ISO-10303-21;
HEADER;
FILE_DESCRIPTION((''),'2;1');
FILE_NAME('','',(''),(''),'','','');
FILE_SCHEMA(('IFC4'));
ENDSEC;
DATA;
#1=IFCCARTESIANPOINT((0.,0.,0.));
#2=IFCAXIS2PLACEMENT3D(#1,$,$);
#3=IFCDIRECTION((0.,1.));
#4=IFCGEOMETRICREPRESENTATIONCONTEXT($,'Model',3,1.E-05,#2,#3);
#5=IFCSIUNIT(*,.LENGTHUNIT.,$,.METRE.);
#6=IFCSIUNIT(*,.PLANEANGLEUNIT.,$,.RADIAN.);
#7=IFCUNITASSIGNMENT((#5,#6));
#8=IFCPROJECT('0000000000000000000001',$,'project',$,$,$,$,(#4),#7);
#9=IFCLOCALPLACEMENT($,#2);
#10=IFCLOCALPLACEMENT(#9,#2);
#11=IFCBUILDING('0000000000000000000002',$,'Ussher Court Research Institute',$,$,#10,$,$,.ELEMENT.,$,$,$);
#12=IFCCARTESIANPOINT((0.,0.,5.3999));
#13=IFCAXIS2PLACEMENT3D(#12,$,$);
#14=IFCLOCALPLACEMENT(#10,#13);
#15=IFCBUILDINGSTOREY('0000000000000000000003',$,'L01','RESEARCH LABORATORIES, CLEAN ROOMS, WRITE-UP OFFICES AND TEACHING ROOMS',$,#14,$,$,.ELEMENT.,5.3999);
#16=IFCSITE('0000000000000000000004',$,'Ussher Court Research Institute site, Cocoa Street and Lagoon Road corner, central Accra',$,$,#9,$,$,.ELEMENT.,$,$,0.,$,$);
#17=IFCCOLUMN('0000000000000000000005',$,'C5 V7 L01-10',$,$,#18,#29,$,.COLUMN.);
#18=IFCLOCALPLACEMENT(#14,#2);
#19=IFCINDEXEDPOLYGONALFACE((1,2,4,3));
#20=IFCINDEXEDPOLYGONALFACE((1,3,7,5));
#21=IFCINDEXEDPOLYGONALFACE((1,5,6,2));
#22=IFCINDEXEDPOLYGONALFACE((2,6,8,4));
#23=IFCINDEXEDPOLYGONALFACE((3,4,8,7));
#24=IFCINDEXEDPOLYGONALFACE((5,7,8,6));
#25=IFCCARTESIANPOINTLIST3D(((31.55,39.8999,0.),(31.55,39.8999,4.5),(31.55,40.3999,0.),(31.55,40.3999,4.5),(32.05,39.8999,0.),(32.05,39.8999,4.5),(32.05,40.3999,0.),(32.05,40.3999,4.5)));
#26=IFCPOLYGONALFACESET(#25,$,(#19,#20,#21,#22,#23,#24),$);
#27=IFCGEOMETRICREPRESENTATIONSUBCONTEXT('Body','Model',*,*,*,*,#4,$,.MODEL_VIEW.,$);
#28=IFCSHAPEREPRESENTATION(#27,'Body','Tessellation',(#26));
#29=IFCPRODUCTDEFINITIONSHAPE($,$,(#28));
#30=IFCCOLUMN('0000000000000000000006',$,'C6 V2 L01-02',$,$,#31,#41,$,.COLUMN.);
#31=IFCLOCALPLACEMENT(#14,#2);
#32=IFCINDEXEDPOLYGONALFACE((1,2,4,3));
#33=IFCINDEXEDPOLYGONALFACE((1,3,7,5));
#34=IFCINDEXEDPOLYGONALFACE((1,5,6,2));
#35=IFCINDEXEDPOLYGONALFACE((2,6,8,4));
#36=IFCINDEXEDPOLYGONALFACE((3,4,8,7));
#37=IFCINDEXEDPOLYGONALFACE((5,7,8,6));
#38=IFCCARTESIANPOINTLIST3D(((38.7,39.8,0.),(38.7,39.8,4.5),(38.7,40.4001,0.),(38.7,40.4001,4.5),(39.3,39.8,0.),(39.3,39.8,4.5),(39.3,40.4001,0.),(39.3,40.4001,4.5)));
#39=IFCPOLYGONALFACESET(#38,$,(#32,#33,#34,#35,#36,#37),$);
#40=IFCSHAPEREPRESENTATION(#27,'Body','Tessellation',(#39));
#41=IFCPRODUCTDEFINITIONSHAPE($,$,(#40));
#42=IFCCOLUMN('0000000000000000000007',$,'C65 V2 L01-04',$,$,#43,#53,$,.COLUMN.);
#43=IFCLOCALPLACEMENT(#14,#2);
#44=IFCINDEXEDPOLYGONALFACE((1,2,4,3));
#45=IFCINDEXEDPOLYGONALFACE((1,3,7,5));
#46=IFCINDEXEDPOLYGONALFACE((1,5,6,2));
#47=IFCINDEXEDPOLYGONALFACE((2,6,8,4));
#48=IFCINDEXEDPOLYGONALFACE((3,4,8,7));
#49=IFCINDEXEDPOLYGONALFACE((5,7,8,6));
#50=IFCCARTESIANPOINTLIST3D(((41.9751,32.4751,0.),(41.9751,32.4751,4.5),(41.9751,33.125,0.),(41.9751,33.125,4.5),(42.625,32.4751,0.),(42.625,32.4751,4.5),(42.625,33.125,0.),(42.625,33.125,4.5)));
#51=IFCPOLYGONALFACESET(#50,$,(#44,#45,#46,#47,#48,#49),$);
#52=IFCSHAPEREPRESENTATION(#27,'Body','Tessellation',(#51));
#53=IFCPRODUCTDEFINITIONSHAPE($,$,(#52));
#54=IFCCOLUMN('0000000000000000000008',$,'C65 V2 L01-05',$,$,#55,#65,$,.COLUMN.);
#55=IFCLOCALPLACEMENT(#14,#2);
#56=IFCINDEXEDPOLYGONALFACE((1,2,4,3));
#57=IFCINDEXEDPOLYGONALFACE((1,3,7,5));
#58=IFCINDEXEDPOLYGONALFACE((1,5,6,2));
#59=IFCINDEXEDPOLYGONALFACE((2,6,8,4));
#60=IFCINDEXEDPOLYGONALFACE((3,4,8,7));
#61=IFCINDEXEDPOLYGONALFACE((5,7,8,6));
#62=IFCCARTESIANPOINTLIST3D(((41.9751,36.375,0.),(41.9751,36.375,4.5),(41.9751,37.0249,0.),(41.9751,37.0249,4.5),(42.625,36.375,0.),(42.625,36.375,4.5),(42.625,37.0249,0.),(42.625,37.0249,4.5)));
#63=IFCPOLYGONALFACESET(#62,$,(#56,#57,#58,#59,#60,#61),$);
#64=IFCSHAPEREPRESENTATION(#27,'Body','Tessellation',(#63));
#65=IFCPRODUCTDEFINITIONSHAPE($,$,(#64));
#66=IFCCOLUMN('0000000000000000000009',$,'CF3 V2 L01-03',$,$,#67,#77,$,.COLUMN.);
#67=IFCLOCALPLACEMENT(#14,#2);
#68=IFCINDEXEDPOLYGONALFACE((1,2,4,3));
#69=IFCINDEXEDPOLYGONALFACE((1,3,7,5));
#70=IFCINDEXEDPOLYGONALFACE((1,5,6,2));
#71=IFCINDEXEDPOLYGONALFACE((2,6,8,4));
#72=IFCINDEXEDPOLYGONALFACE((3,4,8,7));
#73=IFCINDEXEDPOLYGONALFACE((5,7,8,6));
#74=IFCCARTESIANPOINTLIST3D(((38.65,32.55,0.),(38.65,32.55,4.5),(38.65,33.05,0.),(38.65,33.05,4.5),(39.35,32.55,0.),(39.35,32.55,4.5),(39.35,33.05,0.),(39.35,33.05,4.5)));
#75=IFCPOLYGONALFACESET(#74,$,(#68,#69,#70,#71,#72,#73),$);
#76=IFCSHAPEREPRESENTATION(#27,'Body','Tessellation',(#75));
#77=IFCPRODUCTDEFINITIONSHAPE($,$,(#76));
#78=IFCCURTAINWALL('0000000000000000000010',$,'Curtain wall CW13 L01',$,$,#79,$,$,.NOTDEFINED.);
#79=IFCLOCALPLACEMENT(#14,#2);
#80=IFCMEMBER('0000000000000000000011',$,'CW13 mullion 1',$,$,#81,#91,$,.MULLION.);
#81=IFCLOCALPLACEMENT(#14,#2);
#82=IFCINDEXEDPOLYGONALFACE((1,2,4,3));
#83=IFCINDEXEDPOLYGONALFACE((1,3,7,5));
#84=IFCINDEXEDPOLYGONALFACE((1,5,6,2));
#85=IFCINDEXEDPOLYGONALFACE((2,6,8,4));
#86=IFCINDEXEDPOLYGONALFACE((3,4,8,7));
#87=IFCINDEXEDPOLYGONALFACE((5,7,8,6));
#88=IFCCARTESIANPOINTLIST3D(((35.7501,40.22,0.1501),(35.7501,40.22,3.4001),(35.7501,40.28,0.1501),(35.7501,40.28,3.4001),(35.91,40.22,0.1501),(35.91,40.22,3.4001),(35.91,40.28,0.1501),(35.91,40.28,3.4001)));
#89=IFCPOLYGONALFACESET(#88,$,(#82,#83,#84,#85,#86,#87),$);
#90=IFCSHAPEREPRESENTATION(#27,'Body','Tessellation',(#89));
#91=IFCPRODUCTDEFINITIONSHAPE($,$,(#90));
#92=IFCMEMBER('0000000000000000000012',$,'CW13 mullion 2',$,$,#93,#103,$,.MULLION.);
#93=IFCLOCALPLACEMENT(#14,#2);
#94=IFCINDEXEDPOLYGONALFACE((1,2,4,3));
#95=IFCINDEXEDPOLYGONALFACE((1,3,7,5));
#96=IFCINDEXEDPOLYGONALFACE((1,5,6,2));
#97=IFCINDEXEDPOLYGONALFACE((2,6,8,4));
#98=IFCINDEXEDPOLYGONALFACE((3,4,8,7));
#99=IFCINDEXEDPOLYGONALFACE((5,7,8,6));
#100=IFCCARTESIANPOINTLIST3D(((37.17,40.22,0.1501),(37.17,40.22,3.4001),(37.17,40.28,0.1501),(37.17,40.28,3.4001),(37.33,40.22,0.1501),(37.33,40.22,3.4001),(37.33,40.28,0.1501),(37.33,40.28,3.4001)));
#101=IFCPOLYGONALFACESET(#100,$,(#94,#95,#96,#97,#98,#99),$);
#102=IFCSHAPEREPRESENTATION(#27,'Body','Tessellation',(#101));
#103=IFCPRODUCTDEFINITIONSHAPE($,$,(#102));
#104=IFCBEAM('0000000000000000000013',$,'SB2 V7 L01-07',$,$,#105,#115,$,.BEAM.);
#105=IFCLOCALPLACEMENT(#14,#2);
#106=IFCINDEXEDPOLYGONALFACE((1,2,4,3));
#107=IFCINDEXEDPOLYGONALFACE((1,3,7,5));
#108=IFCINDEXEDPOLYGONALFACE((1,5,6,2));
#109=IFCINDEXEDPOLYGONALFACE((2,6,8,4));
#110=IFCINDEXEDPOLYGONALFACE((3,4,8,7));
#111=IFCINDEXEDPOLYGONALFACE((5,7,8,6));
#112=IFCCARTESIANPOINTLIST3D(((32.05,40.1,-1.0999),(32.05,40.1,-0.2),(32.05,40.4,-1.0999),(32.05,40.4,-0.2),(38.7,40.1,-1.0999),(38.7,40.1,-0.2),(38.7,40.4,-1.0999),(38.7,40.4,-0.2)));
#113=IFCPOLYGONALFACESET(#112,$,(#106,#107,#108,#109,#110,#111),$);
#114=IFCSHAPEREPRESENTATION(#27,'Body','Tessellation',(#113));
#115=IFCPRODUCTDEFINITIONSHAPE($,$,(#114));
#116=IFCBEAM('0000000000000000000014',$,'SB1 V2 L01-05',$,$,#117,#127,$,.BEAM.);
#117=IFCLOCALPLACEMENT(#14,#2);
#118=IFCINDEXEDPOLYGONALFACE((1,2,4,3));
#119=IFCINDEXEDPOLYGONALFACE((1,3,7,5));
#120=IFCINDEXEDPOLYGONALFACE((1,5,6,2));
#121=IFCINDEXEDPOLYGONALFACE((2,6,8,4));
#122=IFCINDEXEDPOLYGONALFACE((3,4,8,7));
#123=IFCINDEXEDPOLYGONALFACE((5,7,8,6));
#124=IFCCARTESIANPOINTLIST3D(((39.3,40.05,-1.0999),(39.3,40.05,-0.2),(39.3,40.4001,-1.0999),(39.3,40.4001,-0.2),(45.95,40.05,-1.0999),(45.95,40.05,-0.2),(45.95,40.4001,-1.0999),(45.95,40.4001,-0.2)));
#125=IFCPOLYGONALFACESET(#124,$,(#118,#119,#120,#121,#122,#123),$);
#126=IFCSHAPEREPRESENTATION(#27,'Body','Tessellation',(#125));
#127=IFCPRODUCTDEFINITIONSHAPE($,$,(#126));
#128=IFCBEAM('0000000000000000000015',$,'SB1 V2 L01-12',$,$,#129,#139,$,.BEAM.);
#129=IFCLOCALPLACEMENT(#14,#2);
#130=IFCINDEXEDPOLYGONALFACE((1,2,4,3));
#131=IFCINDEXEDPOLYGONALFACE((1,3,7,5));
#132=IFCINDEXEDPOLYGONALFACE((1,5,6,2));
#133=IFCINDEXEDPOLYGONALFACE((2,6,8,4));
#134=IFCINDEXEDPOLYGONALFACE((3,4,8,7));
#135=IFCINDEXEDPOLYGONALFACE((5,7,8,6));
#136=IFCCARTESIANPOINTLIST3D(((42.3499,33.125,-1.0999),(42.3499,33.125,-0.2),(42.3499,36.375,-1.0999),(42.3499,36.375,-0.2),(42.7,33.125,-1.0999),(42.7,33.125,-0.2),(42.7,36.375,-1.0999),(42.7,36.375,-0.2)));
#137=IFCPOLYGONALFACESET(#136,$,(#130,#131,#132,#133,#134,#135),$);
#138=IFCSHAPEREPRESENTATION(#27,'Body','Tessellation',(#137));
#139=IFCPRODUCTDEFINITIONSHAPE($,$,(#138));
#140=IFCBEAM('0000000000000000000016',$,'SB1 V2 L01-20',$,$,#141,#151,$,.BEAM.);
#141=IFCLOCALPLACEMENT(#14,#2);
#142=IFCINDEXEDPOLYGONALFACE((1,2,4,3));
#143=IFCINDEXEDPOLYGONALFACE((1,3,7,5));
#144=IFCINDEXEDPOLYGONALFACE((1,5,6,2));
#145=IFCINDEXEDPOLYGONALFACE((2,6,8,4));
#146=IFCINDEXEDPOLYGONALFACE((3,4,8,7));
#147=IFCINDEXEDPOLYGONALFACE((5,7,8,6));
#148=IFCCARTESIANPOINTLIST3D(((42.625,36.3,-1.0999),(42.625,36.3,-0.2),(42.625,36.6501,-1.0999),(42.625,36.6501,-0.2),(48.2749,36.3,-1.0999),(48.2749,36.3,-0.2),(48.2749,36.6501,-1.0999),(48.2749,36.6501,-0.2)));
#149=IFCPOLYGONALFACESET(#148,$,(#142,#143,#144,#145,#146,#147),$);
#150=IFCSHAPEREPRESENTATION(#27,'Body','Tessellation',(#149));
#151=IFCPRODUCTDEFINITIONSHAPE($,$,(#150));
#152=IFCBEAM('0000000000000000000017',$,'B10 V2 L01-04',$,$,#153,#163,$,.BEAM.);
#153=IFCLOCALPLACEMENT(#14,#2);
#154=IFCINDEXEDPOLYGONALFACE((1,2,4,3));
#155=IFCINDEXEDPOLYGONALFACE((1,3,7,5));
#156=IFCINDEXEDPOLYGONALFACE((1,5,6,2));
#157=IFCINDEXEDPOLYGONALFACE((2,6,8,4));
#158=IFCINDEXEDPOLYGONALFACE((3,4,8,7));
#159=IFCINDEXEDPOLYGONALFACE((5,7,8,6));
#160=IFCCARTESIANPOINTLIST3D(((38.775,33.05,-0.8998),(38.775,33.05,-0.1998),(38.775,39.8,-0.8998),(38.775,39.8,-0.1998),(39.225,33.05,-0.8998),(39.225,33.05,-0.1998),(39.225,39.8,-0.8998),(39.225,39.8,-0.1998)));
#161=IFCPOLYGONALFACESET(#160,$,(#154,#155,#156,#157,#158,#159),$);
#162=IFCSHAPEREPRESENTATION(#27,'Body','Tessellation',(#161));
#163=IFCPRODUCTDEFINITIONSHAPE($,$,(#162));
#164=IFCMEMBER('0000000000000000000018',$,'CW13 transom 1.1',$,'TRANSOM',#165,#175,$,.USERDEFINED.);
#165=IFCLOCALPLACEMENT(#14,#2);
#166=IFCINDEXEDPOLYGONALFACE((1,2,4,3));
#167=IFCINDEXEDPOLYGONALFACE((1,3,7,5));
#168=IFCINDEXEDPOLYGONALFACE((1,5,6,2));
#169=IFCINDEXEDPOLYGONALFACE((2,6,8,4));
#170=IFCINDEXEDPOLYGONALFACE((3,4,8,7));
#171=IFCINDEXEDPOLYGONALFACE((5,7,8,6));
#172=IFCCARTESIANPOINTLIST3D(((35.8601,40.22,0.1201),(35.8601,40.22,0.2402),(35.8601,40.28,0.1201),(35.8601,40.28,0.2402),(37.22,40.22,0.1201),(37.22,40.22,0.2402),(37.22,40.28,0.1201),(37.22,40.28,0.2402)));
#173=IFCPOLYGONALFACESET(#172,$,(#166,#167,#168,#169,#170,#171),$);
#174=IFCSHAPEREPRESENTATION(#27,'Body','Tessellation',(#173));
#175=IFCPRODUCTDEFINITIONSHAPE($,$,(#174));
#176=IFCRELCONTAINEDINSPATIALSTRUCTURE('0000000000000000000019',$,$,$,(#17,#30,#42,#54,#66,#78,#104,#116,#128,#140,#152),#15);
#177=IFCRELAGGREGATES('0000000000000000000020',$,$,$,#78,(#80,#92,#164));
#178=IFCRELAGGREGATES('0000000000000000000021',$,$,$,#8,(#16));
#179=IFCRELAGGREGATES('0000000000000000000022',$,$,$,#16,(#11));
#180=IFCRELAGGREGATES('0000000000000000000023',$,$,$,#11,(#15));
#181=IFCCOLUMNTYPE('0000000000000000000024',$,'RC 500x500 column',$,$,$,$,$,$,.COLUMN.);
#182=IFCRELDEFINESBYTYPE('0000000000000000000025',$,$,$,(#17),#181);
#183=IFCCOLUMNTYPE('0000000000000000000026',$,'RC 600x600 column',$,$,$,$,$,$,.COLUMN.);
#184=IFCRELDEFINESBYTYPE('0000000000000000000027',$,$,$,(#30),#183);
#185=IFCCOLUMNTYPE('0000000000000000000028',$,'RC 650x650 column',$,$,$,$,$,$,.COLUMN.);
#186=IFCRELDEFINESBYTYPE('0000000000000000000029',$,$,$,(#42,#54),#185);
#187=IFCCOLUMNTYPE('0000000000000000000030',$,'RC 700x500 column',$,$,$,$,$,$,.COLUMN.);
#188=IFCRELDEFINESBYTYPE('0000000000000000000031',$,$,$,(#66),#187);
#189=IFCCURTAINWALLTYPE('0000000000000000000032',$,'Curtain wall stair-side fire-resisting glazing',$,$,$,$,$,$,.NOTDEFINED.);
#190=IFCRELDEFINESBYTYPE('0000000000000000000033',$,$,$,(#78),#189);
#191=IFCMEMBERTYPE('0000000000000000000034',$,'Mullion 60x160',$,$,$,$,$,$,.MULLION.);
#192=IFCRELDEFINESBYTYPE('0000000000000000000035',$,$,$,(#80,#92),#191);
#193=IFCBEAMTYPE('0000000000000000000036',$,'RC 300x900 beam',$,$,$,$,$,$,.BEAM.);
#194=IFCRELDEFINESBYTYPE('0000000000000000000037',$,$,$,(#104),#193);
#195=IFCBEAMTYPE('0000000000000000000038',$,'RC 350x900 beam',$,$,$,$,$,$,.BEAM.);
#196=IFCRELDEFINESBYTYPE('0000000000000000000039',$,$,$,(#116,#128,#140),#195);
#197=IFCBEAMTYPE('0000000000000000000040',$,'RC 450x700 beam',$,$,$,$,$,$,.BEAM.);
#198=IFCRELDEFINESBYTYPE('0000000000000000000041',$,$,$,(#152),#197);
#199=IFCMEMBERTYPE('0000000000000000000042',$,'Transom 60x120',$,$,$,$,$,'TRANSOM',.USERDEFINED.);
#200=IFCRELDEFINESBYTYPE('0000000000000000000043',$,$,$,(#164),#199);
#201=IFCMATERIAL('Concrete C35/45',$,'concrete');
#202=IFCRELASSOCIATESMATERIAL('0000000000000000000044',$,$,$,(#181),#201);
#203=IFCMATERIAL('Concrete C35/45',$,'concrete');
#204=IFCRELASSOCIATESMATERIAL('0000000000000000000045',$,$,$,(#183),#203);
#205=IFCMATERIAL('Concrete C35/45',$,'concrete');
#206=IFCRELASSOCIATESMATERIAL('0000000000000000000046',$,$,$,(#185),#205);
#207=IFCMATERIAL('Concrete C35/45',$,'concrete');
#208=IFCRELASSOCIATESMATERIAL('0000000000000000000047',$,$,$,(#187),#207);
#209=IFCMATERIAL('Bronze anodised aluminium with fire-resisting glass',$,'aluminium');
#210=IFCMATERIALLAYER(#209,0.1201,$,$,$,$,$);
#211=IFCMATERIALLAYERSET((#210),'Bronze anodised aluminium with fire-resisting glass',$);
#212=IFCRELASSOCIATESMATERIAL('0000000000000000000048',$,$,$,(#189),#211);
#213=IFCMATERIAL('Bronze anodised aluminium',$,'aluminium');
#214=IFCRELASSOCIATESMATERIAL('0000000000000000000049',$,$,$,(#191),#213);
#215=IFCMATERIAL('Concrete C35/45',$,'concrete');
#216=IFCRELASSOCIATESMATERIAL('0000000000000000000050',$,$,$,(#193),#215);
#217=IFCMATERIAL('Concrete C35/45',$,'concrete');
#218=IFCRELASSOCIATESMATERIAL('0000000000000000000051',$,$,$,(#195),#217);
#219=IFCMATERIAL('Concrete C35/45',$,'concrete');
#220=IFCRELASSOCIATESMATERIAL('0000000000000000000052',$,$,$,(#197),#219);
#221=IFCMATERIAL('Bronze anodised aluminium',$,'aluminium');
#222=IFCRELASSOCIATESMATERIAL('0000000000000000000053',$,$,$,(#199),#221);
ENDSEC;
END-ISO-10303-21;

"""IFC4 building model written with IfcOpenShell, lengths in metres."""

from ifc_helpers import new_model, si_unit, direction, frame, origin, origin_2d, place, context, subcontext, project, spatial, rectangle, extrude, material, layer, layer_set, material_profile, profile_set, type_object, element, aggregate, save


model = new_model("IFC4")

# Units and contexts
model_context = context("Model", 3, precision=1e-05, world=origin(), true_north=direction((0.0, 1.0)))
body_context = subcontext(model_context, "Body", "Model", "MODEL_VIEW")
ifc_project = project(units=[si_unit("LENGTHUNIT", "METRE"), si_unit("PLANEANGLEUNIT", "RADIAN")], contexts=[model_context])

# Site, building, storey
site_placement = place(None, origin())
site = spatial("IfcSite", under=ifc_project, at=site_placement, Name="Ussher Court Research Institute site, Cocoa Street and Lagoon Road corner, central Accra", CompositionType="ELEMENT", RefElevation=0.0)
building_placement = place(site_placement, origin())
building = spatial("IfcBuilding", under=site, at=building_placement, Name="Ussher Court Research Institute", CompositionType="ELEMENT")
storey_placement = place(building_placement, frame((0.0, 0.0, 5.3999)))
storey = spatial("IfcBuildingStorey", under=building, at=storey_placement, Name="L01", Description="RESEARCH LABORATORIES, CLEAN ROOMS, WRITE-UP OFFICES AND TEACHING ROOMS", CompositionType="ELEMENT", Elevation=5.3999)

# Columns
ifc_material_1 = material(Name="Concrete C35/45", Category="concrete")
ifc_material_profile_1 = material_profile(ifc_material_1, rectangle(XDim=0.5, YDim=0.5, at=origin_2d()), Name="RC 500x500")
ifc_profile_set_1 = profile_set([ifc_material_profile_1], Name="Concrete C35/45")
column_type_1 = type_object("IfcColumnType", Name="RC 500x500 column", PredefinedType="COLUMN", material=ifc_profile_set_1)
column_1_placement = place(storey_placement, frame((31.8, 40.1499, 0.0), z_axis=(0.0, 0.0, 1.0), x_axis=(1.0, 0.0, 0.0)))
element("IfcColumn", 1, at=column_1_placement, inside=storey, type_object=column_type_1, Name="C5 V7 L01-10", PredefinedType="COLUMN", context=body_context, shape_type="SweptSolid", body=[
    extrude(rectangle(XDim=0.5, YDim=0.5, at=origin_2d()), origin(), (0.0, 0.0, 1.0), 4.5),
])
ifc_material_2 = material(Name="Concrete C35/45", Category="concrete")
ifc_material_profile_2 = material_profile(ifc_material_2, rectangle(XDim=0.6001, YDim=0.6001, at=origin_2d()), Name="RC 600x600")
ifc_profile_set_2 = profile_set([ifc_material_profile_2], Name="Concrete C35/45")
column_type_2 = type_object("IfcColumnType", Name="RC 600x600 column", PredefinedType="COLUMN", material=ifc_profile_set_2)
column_2_placement = place(storey_placement, frame((39.0, 40.1001, 0.0), z_axis=(0.0, 0.0, 1.0), x_axis=(1.0, 0.0, 0.0)))
element("IfcColumn", 2, at=column_2_placement, inside=storey, type_object=column_type_2, Name="C6 V2 L01-02", PredefinedType="COLUMN", context=body_context, shape_type="SweptSolid", body=[
    extrude(rectangle(XDim=0.6001, YDim=0.6001, at=origin_2d()), origin(), (0.0, 0.0, 1.0), 4.5),
])
ifc_material_3 = material(Name="Concrete C35/45", Category="concrete")
ifc_material_profile_3 = material_profile(ifc_material_3, rectangle(XDim=0.6499, YDim=0.6499, at=origin_2d()), Name="RC 650x650")
ifc_profile_set_3 = profile_set([ifc_material_profile_3], Name="Concrete C35/45")
column_type_3 = type_object("IfcColumnType", Name="RC 650x650 column", PredefinedType="COLUMN", material=ifc_profile_set_3)
for number, where, z_axis, x_axis, name in (
    (3, (42.3, 32.8, 0.0), (0.0, 0.0, 1.0), (1.0, 0.0, 0.0), "C65 V2 L01-04"),
    (4, (42.3, 36.7, 0.0), (0.0, 0.0, 1.0), (1.0, 0.0, 0.0), "C65 V2 L01-05"),
):
    element("IfcColumn", number, at=place(storey_placement, frame(where, z_axis=z_axis, x_axis=x_axis)), inside=storey, type_object=column_type_3, Name=name, PredefinedType="COLUMN", context=body_context, shape_type="SweptSolid", body=[
        extrude(rectangle(XDim=0.6499, YDim=0.6499, at=origin_2d()), origin(), (0.0, 0.0, 1.0), 4.5),
    ])
ifc_material_4 = material(Name="Concrete C35/45", Category="concrete")
ifc_material_profile_4 = material_profile(ifc_material_4, rectangle(XDim=0.7, YDim=0.5, at=origin_2d()), Name="RC 700x500")
ifc_profile_set_4 = profile_set([ifc_material_profile_4], Name="Concrete C35/45")
column_type_4 = type_object("IfcColumnType", Name="RC 700x500 column", PredefinedType="COLUMN", material=ifc_profile_set_4)
column_3_placement = place(storey_placement, frame((39.0, 32.8, 0.0), z_axis=(0.0, 0.0, 1.0), x_axis=(1.0, 0.0, 0.0)))
element("IfcColumn", 5, at=column_3_placement, inside=storey, type_object=column_type_4, Name="CF3 V2 L01-03", PredefinedType="COLUMN", context=body_context, shape_type="SweptSolid", body=[
    extrude(rectangle(XDim=0.7, YDim=0.5, at=origin_2d()), origin(), (0.0, 0.0, 1.0), 4.5),
])

# Curtain wall, members
ifc_material_5 = material(Name="Bronze anodised aluminium with fire-resisting glass", Category="aluminium")
ifc_layer_1 = layer(ifc_material_5, 0.1201)
ifc_layer_set_1 = layer_set([ifc_layer_1], Name="Bronze anodised aluminium with fire-resisting glass")
curtain_wall_type = type_object("IfcCurtainWallType", Name="Curtain wall stair-side fire-resisting glazing", PredefinedType="NOTDEFINED", material=ifc_layer_set_1)
curtain_wall_placement = place(storey_placement, origin())
curtain_wall = element("IfcCurtainWall", 6, at=curtain_wall_placement, inside=storey, type_object=curtain_wall_type, Name="Curtain wall CW13 L01", PredefinedType="NOTDEFINED")
ifc_material_6 = material(Name="Bronze anodised aluminium", Category="aluminium")
ifc_material_profile_5 = material_profile(ifc_material_6, rectangle(XDim=0.0601, YDim=0.1599, at=origin_2d()), Name="Mullion 60x160")
ifc_profile_set_5 = profile_set([ifc_material_profile_5], Name="Bronze anodised aluminium")
member_type_1 = type_object("IfcMemberType", Name="Mullion 60x160", PredefinedType="MULLION", material=ifc_profile_set_5)
member_1_placement = place(storey_placement, frame((35.8301, 40.25, 0.1501), z_axis=(0.0, 0.0, 1.0), x_axis=(0.0, 1.0, 0.0)))
member_1 = element("IfcMember", 7, at=member_1_placement, type_object=member_type_1, Name="CW13 mullion 1", PredefinedType="MULLION", context=body_context, shape_type="SweptSolid", body=[
    extrude(rectangle(XDim=0.0601, YDim=0.1599, at=origin_2d()), origin(), (0.0, 0.0, 1.0), 3.25),
])
member_2_placement = place(storey_placement, frame((37.25, 40.25, 0.1501), z_axis=(0.0, 0.0, 1.0), x_axis=(0.0, 1.0, 0.0)))
member_2 = element("IfcMember", 8, at=member_2_placement, type_object=member_type_1, Name="CW13 mullion 2", PredefinedType="MULLION", context=body_context, shape_type="SweptSolid", body=[
    extrude(rectangle(XDim=0.0601, YDim=0.1599, at=origin_2d()), origin(), (0.0, 0.0, 1.0), 3.25),
])

# Beams
ifc_material_7 = material(Name="Concrete C35/45", Category="concrete")
ifc_material_profile_6 = material_profile(ifc_material_7, rectangle(XDim=0.3, YDim=0.8999, at=origin_2d()), Name="RC 300x900")
ifc_profile_set_6 = profile_set([ifc_material_profile_6], Name="Concrete C35/45")
beam_type_1 = type_object("IfcBeamType", Name="RC 300x900 beam", PredefinedType="BEAM", material=ifc_profile_set_6)
beam_1_placement = place(storey_placement, frame((32.05, 40.25, -0.6499), z_axis=(1.0, 0.0, 0.0), x_axis=(0.0, 1.0, 0.0)))
element("IfcBeam", 9, at=beam_1_placement, inside=storey, type_object=beam_type_1, Name="SB2 V7 L01-07", PredefinedType="BEAM", context=body_context, shape_type="SweptSolid", body=[
    extrude(rectangle(XDim=0.3, YDim=0.8999, at=origin_2d()), origin(), (0.0, 0.0, 1.0), 6.6499),
])
ifc_material_8 = material(Name="Concrete C35/45", Category="concrete")
ifc_material_profile_7 = material_profile(ifc_material_8, rectangle(XDim=0.3501, YDim=0.8999, at=origin_2d()), Name="RC 350x900")
ifc_profile_set_7 = profile_set([ifc_material_profile_7], Name="Concrete C35/45")
beam_type_2 = type_object("IfcBeamType", Name="RC 350x900 beam", PredefinedType="BEAM", material=ifc_profile_set_7)
beam_2_placement = place(storey_placement, frame((39.3, 40.2251, -0.6499), z_axis=(1.0, 0.0, 0.0), x_axis=(0.0, 1.0, 0.0)))
element("IfcBeam", 10, at=beam_2_placement, inside=storey, type_object=beam_type_2, Name="SB1 V2 L01-05", PredefinedType="BEAM", context=body_context, shape_type="SweptSolid", body=[
    extrude(rectangle(XDim=0.3501, YDim=0.8999, at=origin_2d()), origin(), (0.0, 0.0, 1.0), 6.6499),
])
beam_3_placement = place(storey_placement, frame((42.5249, 33.125, -0.6499), z_axis=(0.0, 1.0, 0.0), x_axis=(-1.0, 0.0, 0.0)))
element("IfcBeam", 11, at=beam_3_placement, inside=storey, type_object=beam_type_2, Name="SB1 V2 L01-12", PredefinedType="BEAM", context=body_context, shape_type="SweptSolid", body=[
    extrude(rectangle(XDim=0.3501, YDim=0.8999, at=origin_2d()), origin(), (0.0, 0.0, 1.0), 3.25),
])
beam_4_placement = place(storey_placement, frame((42.625, 36.4751, -0.6499), z_axis=(1.0, 0.0, 0.0), x_axis=(0.0, 1.0, 0.0)))
element("IfcBeam", 12, at=beam_4_placement, inside=storey, type_object=beam_type_2, Name="SB1 V2 L01-20", PredefinedType="BEAM", context=body_context, shape_type="SweptSolid", body=[
    extrude(rectangle(XDim=0.3501, YDim=0.8999, at=origin_2d()), origin(), (0.0, 0.0, 1.0), 5.6499),
])
ifc_material_9 = material(Name="Concrete C35/45", Category="concrete")
ifc_material_profile_8 = material_profile(ifc_material_9, rectangle(XDim=0.45, YDim=0.7, at=origin_2d()), Name="RC 450x700")
ifc_profile_set_8 = profile_set([ifc_material_profile_8], Name="Concrete C35/45")
beam_type_3 = type_object("IfcBeamType", Name="RC 450x700 beam", PredefinedType="BEAM", material=ifc_profile_set_8)
beam_5_placement = place(storey_placement, frame((39.0, 33.05, -0.5498), z_axis=(0.0, 1.0, 0.0), x_axis=(-1.0, 0.0, 0.0)))
element("IfcBeam", 13, at=beam_5_placement, inside=storey, type_object=beam_type_3, Name="B10 V2 L01-04", PredefinedType="BEAM", context=body_context, shape_type="SweptSolid", body=[
    extrude(rectangle(XDim=0.45, YDim=0.7, at=origin_2d()), origin(), (0.0, 0.0, 1.0), 6.75),
])

# Member
ifc_material_10 = material(Name="Bronze anodised aluminium", Category="aluminium")
ifc_material_profile_9 = material_profile(ifc_material_10, rectangle(XDim=0.0601, YDim=0.1201, at=origin_2d()), Name="Transom 60x120")
ifc_profile_set_9 = profile_set([ifc_material_profile_9], Name="Bronze anodised aluminium")
member_type_2 = type_object("IfcMemberType", Name="Transom 60x120", ElementType="TRANSOM", PredefinedType="USERDEFINED", material=ifc_profile_set_9)
member_3_placement = place(storey_placement, frame((35.8601, 40.25, 0.1802), z_axis=(1.0, 0.0, 0.0), x_axis=(0.0, 1.0, 0.0)))
member_3 = element("IfcMember", 14, at=member_3_placement, type_object=member_type_2, Name="CW13 transom 1.1", ObjectType="TRANSOM", PredefinedType="USERDEFINED", context=body_context, shape_type="SweptSolid", body=[
    extrude(rectangle(XDim=0.0601, YDim=0.1201, at=origin_2d()), origin(), (0.0, 0.0, 1.0), 1.3599),
])

aggregate(curtain_wall, [member_1, member_2, member_3])

save(model, "model.ifc")
